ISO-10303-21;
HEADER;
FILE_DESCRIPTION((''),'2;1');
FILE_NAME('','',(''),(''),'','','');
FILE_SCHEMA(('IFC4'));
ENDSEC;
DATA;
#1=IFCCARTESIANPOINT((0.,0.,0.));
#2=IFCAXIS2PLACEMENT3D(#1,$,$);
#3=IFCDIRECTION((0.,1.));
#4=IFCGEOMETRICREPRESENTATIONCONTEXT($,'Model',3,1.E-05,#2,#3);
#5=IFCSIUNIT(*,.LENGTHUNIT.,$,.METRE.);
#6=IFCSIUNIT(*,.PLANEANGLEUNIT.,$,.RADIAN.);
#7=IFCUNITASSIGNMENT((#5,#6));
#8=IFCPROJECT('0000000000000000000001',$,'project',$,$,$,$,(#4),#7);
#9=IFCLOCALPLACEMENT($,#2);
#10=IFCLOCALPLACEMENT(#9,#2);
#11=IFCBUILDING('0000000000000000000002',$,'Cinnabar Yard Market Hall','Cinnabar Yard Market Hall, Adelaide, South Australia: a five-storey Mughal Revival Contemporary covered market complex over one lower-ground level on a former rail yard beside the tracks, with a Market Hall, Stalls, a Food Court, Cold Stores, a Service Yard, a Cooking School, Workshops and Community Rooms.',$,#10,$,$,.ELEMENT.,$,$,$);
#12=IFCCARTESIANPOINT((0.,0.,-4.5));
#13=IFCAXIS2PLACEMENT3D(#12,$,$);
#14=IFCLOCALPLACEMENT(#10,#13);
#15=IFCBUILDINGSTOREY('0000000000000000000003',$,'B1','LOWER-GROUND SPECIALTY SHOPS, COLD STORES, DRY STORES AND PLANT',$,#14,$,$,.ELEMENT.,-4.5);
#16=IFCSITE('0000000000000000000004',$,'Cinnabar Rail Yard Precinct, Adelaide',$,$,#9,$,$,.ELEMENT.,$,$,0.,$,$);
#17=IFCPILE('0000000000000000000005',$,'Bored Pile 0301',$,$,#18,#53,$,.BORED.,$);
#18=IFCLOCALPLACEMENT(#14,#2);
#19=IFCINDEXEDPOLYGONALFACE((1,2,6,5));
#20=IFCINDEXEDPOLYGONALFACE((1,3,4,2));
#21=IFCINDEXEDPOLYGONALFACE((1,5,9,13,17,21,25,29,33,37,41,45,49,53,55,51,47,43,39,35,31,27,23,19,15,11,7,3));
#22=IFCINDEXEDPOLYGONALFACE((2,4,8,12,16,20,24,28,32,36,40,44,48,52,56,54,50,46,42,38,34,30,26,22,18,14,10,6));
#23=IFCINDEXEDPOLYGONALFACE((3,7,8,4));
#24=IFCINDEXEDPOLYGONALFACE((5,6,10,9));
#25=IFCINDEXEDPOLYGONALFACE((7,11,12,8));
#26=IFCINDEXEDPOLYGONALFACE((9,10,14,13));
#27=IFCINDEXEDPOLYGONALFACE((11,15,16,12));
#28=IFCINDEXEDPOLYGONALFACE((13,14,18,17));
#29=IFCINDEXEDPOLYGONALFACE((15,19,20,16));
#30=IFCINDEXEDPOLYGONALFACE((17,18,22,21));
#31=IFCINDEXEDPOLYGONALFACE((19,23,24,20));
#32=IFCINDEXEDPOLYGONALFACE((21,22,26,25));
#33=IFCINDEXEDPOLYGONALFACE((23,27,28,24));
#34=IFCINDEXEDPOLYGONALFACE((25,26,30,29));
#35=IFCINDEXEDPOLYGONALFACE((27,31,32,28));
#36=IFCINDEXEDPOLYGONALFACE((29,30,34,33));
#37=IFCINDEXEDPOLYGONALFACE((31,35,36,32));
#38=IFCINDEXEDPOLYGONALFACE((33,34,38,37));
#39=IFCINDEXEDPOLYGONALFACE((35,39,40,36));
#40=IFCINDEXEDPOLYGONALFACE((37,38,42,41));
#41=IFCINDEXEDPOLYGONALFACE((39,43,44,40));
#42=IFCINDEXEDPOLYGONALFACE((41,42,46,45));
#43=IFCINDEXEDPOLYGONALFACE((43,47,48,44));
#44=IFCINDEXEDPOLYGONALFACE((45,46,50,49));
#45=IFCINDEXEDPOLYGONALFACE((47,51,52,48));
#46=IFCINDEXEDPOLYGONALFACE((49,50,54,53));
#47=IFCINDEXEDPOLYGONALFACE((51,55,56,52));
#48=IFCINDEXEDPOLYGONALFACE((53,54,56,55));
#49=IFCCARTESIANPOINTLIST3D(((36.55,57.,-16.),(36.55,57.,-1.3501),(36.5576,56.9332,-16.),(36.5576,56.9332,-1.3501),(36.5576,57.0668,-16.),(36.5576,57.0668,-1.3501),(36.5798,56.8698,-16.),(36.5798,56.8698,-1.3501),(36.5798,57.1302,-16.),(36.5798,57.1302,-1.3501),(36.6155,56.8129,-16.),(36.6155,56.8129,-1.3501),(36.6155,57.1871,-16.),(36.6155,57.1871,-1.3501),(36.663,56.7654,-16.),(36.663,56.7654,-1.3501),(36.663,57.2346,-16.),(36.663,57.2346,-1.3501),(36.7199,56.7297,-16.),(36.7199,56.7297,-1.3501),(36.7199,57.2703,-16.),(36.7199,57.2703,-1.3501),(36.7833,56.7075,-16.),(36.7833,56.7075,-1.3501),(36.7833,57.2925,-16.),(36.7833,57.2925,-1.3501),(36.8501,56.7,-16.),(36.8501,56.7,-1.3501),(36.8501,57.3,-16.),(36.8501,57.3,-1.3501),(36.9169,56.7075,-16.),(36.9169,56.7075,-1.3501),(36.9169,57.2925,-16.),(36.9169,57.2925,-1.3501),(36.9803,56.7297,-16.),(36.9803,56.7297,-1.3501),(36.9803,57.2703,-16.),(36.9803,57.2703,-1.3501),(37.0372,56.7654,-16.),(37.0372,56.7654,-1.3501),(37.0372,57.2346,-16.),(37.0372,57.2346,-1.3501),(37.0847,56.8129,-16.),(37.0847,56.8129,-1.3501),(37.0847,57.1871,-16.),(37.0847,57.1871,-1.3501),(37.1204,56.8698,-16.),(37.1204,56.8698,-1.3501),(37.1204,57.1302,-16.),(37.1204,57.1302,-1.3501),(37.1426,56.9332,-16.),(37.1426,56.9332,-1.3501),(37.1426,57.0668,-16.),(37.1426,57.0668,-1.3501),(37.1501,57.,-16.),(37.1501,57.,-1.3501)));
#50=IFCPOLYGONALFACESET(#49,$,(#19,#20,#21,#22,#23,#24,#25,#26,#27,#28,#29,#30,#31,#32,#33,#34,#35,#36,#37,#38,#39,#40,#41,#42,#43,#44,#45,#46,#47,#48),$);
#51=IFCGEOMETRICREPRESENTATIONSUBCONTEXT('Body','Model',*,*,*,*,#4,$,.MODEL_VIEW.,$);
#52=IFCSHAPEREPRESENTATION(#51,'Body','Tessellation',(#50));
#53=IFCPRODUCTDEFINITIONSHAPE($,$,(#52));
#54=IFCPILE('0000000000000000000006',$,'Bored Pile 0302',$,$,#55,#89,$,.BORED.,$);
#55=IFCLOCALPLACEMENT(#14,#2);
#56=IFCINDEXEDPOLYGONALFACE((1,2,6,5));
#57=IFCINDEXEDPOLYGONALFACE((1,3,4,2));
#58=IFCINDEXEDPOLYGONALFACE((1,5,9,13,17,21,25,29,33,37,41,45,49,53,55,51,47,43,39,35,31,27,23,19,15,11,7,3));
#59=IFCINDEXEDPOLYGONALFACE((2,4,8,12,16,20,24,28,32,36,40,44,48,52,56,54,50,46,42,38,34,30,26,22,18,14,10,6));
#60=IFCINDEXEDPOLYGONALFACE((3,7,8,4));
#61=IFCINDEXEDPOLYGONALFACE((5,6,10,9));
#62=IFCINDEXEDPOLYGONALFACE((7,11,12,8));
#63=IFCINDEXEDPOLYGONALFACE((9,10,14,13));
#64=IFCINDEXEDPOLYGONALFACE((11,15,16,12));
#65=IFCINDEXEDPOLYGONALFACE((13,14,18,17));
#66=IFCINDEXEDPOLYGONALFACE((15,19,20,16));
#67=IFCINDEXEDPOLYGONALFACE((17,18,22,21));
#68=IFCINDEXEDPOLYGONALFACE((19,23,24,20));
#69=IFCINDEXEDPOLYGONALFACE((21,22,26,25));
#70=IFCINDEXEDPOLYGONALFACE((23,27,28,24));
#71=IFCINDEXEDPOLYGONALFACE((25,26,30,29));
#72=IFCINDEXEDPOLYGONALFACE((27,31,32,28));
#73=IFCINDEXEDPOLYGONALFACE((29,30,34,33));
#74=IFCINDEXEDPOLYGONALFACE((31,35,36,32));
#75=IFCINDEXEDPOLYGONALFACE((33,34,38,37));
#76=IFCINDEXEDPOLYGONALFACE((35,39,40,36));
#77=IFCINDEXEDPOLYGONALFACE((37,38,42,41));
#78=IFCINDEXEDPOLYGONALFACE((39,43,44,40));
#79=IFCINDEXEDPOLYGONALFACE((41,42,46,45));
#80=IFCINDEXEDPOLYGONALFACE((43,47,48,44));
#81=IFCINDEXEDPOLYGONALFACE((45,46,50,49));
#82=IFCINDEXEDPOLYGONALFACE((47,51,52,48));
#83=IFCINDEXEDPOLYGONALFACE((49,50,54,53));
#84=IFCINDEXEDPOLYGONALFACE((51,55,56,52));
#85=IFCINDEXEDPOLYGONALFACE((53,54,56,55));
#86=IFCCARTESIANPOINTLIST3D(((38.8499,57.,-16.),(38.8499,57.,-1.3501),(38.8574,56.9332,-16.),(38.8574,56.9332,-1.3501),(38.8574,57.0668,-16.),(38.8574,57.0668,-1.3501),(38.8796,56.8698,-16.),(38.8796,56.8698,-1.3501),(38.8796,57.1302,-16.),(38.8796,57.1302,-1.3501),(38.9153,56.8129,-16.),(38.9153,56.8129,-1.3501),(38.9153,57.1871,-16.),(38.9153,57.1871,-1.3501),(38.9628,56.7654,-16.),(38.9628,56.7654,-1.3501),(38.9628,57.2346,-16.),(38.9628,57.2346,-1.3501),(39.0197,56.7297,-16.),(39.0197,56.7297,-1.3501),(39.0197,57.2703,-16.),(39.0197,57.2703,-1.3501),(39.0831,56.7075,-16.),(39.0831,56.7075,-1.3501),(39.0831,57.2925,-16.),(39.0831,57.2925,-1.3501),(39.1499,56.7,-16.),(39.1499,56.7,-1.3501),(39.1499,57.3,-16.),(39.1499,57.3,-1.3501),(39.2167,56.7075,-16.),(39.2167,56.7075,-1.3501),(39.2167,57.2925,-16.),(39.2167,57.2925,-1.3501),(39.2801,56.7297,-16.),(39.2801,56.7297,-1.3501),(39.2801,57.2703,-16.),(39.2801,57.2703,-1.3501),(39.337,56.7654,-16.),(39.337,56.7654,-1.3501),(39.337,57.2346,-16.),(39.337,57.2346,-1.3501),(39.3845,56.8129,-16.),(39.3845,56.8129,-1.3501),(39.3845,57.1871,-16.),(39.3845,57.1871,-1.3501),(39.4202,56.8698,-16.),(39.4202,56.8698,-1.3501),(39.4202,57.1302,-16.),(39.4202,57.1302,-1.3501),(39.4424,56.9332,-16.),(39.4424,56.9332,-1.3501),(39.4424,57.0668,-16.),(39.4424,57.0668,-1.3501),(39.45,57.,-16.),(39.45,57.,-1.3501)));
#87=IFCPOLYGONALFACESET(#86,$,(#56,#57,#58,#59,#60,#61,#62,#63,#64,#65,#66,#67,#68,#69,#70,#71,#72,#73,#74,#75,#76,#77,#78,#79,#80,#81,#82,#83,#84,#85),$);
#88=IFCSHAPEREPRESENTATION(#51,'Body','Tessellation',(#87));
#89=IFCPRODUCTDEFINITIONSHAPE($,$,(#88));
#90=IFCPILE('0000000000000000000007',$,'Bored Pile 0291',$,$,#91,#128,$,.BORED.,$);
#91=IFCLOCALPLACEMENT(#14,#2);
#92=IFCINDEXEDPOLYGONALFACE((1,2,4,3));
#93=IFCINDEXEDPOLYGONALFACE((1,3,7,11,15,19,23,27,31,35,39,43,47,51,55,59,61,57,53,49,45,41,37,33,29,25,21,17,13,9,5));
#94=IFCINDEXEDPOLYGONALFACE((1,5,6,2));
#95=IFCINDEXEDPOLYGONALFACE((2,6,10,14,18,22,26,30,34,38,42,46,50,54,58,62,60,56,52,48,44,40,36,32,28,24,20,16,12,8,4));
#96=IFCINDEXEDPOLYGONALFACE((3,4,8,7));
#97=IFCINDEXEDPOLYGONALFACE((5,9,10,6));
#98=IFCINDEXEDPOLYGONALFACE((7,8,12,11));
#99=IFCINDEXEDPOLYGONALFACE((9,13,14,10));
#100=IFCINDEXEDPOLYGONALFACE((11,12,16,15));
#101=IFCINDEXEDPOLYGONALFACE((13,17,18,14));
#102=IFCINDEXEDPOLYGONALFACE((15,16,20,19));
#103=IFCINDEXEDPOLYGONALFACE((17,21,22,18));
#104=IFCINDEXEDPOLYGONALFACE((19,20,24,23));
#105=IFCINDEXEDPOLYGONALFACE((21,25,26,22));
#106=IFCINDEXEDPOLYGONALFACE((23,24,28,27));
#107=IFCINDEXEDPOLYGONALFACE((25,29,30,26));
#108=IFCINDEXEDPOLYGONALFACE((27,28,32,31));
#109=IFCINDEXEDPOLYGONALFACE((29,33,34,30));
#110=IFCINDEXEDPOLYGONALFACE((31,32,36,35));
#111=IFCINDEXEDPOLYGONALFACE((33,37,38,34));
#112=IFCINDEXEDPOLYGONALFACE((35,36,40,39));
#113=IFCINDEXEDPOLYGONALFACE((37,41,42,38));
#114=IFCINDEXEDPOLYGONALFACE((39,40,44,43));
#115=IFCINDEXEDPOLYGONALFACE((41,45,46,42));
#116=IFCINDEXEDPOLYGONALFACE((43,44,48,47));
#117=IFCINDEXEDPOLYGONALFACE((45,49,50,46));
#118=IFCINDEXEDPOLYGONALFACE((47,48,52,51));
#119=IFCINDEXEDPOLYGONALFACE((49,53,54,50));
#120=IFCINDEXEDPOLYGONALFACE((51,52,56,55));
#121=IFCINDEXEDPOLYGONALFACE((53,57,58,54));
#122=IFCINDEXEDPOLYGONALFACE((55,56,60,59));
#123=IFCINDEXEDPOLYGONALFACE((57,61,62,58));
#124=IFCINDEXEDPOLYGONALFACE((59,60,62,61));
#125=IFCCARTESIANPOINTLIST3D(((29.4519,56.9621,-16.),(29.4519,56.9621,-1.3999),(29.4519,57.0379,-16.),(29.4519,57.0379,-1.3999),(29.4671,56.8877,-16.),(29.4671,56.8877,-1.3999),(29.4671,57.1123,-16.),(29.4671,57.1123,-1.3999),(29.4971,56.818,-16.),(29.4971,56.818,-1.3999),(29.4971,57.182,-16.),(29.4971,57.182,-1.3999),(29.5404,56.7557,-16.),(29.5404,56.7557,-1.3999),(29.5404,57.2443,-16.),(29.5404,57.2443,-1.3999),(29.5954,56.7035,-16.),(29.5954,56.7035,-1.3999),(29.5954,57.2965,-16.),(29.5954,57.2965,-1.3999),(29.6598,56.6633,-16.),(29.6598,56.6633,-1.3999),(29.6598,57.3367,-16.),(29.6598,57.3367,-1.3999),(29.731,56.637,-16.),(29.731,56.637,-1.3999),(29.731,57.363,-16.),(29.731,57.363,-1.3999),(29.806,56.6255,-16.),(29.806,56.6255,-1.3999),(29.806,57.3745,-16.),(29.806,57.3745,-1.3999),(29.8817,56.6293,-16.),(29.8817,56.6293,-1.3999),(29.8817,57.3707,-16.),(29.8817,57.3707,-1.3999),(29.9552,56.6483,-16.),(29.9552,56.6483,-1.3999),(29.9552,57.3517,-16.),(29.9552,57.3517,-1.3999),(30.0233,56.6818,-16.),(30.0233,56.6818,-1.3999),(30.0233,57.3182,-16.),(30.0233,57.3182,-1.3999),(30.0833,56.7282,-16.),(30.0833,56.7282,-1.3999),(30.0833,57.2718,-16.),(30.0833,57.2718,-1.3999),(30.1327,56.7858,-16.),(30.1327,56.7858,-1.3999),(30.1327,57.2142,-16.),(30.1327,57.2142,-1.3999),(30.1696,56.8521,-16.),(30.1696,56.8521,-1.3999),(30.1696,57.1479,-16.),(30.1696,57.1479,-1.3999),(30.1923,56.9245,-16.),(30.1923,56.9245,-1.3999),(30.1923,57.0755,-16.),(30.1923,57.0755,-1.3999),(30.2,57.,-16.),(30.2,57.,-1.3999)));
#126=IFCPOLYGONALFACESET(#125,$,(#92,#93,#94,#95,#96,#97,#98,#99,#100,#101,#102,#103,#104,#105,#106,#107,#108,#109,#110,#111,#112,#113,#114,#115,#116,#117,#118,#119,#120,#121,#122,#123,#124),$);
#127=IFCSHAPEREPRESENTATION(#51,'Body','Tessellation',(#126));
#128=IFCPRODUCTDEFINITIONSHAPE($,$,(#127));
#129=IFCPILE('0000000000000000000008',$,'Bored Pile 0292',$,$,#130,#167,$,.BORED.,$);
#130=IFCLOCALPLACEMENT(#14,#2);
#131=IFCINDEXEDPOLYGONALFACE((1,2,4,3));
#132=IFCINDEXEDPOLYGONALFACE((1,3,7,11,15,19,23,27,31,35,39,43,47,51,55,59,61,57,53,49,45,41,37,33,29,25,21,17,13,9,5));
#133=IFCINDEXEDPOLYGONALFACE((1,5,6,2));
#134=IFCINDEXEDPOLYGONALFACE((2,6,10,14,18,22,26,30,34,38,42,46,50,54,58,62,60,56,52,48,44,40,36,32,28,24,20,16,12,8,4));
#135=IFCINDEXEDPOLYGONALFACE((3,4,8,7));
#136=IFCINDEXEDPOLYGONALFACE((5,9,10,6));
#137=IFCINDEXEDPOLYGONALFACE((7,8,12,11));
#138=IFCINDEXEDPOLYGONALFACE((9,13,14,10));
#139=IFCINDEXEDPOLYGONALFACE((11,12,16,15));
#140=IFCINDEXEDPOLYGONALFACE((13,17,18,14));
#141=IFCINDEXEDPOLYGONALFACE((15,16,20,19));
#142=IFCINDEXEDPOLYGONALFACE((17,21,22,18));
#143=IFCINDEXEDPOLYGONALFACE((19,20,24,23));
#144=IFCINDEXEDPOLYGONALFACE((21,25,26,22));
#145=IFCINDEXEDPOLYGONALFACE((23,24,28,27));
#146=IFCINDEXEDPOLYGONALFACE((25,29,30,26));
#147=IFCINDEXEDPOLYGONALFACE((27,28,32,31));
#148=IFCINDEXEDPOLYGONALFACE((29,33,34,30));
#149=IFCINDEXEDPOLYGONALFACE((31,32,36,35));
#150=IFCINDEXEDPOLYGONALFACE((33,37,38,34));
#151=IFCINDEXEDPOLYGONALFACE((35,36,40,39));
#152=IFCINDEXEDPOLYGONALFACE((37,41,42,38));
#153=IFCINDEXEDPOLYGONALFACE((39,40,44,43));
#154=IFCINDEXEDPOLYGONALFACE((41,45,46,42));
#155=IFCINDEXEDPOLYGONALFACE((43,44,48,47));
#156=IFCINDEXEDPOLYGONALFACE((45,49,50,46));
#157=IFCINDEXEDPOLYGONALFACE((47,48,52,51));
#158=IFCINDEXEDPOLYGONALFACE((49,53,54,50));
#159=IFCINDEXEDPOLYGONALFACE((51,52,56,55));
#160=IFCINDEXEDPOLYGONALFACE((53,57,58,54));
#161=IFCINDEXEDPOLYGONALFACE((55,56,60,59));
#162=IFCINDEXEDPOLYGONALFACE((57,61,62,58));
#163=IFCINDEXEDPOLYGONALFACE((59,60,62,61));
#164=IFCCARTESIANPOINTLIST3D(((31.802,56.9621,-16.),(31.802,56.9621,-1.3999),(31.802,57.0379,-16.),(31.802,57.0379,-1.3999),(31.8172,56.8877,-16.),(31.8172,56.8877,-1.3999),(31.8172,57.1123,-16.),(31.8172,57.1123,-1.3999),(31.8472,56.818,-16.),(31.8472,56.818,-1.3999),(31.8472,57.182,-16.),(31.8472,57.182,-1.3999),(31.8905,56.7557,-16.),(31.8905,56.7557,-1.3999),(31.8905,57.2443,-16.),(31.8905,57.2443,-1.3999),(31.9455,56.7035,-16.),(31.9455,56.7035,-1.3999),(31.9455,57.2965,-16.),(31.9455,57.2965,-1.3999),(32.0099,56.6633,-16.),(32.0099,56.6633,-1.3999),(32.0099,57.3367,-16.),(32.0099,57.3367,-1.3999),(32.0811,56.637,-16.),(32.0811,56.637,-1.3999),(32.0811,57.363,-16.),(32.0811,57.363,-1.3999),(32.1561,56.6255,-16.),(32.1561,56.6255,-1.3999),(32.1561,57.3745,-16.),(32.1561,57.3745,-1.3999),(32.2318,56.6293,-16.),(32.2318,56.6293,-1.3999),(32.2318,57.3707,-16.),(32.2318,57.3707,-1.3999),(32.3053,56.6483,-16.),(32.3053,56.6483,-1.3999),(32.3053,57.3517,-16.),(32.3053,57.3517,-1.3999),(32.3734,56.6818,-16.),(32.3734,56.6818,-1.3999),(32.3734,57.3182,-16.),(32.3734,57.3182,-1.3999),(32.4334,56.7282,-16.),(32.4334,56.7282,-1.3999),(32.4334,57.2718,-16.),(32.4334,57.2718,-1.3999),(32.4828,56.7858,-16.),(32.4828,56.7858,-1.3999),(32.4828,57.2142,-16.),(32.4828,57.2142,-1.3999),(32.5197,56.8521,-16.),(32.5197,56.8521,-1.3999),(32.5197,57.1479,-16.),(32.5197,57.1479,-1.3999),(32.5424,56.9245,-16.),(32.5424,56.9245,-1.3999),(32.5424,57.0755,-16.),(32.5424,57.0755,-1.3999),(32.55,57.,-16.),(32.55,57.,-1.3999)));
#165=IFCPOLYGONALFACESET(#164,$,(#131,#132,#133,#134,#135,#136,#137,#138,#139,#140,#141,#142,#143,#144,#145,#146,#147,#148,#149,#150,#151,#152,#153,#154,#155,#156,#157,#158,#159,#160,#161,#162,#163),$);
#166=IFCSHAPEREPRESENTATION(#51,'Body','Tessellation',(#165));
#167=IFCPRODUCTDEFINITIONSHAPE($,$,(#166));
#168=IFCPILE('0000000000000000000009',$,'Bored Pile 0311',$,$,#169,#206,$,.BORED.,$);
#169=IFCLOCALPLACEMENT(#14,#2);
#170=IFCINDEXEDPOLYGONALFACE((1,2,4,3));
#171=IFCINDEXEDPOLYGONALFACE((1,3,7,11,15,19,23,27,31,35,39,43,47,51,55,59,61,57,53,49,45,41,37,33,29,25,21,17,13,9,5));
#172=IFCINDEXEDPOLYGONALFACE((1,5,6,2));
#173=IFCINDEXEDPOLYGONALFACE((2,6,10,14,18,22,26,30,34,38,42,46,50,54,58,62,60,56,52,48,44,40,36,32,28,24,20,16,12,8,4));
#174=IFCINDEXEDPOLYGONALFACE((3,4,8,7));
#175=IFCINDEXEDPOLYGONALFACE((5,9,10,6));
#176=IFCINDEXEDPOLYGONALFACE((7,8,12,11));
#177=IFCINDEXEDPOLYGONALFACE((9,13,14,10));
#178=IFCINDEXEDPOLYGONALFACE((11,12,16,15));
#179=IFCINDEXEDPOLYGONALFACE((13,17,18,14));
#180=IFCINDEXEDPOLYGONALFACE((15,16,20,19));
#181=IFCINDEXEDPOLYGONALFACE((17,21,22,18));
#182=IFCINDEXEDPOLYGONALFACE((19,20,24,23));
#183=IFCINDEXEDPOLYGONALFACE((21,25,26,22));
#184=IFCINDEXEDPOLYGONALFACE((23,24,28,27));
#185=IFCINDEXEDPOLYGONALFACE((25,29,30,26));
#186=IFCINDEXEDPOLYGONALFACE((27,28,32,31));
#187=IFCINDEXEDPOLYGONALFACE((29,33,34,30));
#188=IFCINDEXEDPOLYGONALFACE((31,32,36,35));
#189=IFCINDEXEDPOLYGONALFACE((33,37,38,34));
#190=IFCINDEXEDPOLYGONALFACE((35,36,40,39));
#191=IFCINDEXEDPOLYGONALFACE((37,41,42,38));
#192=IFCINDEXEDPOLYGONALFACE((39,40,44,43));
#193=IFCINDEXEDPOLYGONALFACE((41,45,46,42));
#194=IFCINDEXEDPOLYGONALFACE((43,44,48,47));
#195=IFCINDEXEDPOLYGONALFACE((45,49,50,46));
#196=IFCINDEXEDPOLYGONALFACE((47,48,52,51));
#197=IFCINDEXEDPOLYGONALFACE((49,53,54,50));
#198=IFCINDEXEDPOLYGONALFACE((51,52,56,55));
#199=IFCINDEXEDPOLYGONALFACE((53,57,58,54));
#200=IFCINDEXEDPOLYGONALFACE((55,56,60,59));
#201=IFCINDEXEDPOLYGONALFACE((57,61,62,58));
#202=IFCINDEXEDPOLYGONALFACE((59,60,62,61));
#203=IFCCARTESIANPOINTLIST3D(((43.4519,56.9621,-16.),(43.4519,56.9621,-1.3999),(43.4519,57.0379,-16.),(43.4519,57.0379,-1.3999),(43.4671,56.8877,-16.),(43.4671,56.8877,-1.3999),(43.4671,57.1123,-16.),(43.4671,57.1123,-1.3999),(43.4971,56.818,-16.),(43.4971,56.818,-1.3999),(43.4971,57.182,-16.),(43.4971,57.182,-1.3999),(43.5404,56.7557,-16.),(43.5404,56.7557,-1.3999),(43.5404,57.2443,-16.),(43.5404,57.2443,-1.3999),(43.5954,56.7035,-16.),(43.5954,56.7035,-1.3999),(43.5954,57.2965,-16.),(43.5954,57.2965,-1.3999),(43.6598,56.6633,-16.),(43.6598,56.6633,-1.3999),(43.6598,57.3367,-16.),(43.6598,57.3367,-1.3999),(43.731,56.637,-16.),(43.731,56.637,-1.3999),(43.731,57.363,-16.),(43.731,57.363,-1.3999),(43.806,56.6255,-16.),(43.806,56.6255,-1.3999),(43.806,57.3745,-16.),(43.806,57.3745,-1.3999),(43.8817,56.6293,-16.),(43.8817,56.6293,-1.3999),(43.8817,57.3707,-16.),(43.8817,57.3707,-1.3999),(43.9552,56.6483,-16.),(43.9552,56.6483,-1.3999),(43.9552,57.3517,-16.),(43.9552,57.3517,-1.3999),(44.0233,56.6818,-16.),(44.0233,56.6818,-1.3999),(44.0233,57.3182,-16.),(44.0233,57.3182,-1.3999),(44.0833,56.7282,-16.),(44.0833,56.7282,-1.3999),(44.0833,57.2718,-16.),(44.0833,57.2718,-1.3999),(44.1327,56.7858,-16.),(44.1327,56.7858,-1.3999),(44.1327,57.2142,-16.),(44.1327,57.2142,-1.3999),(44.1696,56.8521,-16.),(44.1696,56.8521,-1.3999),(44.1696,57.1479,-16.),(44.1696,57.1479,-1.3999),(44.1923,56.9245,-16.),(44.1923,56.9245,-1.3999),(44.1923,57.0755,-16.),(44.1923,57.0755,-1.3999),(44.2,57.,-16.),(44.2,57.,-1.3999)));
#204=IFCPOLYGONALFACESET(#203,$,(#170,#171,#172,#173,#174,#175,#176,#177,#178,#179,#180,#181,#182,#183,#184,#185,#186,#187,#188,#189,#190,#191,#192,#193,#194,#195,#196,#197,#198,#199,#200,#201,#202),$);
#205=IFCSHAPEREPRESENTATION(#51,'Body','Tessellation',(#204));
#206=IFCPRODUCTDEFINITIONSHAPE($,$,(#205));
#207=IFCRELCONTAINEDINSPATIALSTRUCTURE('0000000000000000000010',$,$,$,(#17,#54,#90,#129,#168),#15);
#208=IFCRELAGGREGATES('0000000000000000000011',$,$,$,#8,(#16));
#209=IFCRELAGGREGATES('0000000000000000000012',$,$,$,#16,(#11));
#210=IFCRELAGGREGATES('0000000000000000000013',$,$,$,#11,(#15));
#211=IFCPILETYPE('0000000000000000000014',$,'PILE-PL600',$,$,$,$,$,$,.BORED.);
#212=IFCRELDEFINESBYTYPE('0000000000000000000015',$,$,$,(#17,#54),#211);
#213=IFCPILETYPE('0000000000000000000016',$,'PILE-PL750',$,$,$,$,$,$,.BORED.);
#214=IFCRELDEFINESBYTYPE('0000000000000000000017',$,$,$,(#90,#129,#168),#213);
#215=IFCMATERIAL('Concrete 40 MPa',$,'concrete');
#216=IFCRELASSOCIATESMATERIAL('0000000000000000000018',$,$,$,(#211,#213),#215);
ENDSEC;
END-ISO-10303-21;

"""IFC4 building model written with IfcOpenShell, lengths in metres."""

from ifc_helpers import new_model, si_unit, direction, frame, origin, origin_2d_with_axis, place, context, subcontext, project, spatial, circle, extrude, material, material_profile, profile_set, type_object, element, save


model = new_model("IFC4")

# Units and contexts
model_context = context("Model", 3, precision=1e-05, world=origin(), true_north=direction((0.0, 1.0)))
body_context = subcontext(model_context, "Body", "Model", "MODEL_VIEW")
ifc_project = project(units=[si_unit("LENGTHUNIT", "METRE"), si_unit("PLANEANGLEUNIT", "RADIAN")], contexts=[model_context])

# Site, building, storey
site_placement = place(None, origin())
site = spatial("IfcSite", under=ifc_project, at=site_placement, Name="Cinnabar Rail Yard Precinct, Adelaide", CompositionType="ELEMENT", RefElevation=0.0)
building_placement = place(site_placement, origin())
building = spatial("IfcBuilding", under=site, at=building_placement, Name="Cinnabar Yard Market Hall", Description="Cinnabar Yard Market Hall, Adelaide, South Australia: a five-storey Mughal Revival Contemporary covered market complex over one lower-ground level on a former rail yard beside the tracks, with a Market Hall, Stalls, a Food Court, Cold Stores, a Service Yard, a Cooking School, Workshops and Community Rooms.", CompositionType="ELEMENT")
storey_placement = place(building_placement, frame((0.0, 0.0, -4.5)))
storey = spatial("IfcBuildingStorey", under=building, at=storey_placement, Name="B1", Description="LOWER-GROUND SPECIALTY SHOPS, COLD STORES, DRY STORES AND PLANT", CompositionType="ELEMENT", Elevation=-4.5)

# Shared definitions
ifc_material_1 = material(Name="Concrete 40 MPa", Category="concrete")

# Piles
ifc_material_profile_1 = material_profile(ifc_material_1, circle(Radius=0.3, at=origin_2d_with_axis()), Name="PILE-D600")
ifc_profile_set_1 = profile_set([ifc_material_profile_1], Name="Concrete 40 MPa")
pile_type_1 = type_object("IfcPileType", Name="PILE-PL600", PredefinedType="BORED", material=ifc_profile_set_1)
for number, where, z_axis, x_axis, name in (
    (1, (36.8501, 57.0, -1.3501), (0.0, 0.0, -1.0), (1.0, 0.0, 0.0), "Bored Pile 0301"),
    (2, (39.1499, 57.0, -1.3501), (0.0, 0.0, -1.0), (1.0, 0.0, 0.0), "Bored Pile 0302"),
):
    element("IfcPile", number, at=place(storey_placement, frame(where, z_axis=z_axis, x_axis=x_axis)), inside=storey, type_object=pile_type_1, Name=name, PredefinedType="BORED", context=body_context, shape_type="SweptSolid", body=[
        extrude(circle(Radius=0.3, at=origin_2d_with_axis()), origin(), (0.0, 0.0, 1.0), 14.6499),
    ])
ifc_material_profile_2 = material_profile(ifc_material_1, circle(Radius=0.375, at=origin_2d_with_axis()), Name="PILE-D750")
ifc_profile_set_2 = profile_set([ifc_material_profile_2], Name="Concrete 40 MPa")
pile_type_2 = type_object("IfcPileType", Name="PILE-PL750", PredefinedType="BORED", material=ifc_profile_set_2)
for number, where, z_axis, x_axis, name in (
    (3, (29.825, 57.0, -1.3999), (0.0, 0.0, -1.0), (1.0, 0.0, 0.0), "Bored Pile 0291"),
    (4, (32.175, 57.0, -1.3999), (0.0, 0.0, -1.0), (1.0, 0.0, 0.0), "Bored Pile 0292"),
    (5, (43.825, 57.0, -1.3999), (0.0, 0.0, -1.0), (1.0, 0.0, 0.0), "Bored Pile 0311"),
):
    element("IfcPile", number, at=place(storey_placement, frame(where, z_axis=z_axis, x_axis=x_axis)), inside=storey, type_object=pile_type_2, Name=name, PredefinedType="BORED", context=body_context, shape_type="SweptSolid", body=[
        extrude(circle(Radius=0.375, at=origin_2d_with_axis()), origin(), (0.0, 0.0, 1.0), 14.6001),
    ])

save(model, "model.ifc")
